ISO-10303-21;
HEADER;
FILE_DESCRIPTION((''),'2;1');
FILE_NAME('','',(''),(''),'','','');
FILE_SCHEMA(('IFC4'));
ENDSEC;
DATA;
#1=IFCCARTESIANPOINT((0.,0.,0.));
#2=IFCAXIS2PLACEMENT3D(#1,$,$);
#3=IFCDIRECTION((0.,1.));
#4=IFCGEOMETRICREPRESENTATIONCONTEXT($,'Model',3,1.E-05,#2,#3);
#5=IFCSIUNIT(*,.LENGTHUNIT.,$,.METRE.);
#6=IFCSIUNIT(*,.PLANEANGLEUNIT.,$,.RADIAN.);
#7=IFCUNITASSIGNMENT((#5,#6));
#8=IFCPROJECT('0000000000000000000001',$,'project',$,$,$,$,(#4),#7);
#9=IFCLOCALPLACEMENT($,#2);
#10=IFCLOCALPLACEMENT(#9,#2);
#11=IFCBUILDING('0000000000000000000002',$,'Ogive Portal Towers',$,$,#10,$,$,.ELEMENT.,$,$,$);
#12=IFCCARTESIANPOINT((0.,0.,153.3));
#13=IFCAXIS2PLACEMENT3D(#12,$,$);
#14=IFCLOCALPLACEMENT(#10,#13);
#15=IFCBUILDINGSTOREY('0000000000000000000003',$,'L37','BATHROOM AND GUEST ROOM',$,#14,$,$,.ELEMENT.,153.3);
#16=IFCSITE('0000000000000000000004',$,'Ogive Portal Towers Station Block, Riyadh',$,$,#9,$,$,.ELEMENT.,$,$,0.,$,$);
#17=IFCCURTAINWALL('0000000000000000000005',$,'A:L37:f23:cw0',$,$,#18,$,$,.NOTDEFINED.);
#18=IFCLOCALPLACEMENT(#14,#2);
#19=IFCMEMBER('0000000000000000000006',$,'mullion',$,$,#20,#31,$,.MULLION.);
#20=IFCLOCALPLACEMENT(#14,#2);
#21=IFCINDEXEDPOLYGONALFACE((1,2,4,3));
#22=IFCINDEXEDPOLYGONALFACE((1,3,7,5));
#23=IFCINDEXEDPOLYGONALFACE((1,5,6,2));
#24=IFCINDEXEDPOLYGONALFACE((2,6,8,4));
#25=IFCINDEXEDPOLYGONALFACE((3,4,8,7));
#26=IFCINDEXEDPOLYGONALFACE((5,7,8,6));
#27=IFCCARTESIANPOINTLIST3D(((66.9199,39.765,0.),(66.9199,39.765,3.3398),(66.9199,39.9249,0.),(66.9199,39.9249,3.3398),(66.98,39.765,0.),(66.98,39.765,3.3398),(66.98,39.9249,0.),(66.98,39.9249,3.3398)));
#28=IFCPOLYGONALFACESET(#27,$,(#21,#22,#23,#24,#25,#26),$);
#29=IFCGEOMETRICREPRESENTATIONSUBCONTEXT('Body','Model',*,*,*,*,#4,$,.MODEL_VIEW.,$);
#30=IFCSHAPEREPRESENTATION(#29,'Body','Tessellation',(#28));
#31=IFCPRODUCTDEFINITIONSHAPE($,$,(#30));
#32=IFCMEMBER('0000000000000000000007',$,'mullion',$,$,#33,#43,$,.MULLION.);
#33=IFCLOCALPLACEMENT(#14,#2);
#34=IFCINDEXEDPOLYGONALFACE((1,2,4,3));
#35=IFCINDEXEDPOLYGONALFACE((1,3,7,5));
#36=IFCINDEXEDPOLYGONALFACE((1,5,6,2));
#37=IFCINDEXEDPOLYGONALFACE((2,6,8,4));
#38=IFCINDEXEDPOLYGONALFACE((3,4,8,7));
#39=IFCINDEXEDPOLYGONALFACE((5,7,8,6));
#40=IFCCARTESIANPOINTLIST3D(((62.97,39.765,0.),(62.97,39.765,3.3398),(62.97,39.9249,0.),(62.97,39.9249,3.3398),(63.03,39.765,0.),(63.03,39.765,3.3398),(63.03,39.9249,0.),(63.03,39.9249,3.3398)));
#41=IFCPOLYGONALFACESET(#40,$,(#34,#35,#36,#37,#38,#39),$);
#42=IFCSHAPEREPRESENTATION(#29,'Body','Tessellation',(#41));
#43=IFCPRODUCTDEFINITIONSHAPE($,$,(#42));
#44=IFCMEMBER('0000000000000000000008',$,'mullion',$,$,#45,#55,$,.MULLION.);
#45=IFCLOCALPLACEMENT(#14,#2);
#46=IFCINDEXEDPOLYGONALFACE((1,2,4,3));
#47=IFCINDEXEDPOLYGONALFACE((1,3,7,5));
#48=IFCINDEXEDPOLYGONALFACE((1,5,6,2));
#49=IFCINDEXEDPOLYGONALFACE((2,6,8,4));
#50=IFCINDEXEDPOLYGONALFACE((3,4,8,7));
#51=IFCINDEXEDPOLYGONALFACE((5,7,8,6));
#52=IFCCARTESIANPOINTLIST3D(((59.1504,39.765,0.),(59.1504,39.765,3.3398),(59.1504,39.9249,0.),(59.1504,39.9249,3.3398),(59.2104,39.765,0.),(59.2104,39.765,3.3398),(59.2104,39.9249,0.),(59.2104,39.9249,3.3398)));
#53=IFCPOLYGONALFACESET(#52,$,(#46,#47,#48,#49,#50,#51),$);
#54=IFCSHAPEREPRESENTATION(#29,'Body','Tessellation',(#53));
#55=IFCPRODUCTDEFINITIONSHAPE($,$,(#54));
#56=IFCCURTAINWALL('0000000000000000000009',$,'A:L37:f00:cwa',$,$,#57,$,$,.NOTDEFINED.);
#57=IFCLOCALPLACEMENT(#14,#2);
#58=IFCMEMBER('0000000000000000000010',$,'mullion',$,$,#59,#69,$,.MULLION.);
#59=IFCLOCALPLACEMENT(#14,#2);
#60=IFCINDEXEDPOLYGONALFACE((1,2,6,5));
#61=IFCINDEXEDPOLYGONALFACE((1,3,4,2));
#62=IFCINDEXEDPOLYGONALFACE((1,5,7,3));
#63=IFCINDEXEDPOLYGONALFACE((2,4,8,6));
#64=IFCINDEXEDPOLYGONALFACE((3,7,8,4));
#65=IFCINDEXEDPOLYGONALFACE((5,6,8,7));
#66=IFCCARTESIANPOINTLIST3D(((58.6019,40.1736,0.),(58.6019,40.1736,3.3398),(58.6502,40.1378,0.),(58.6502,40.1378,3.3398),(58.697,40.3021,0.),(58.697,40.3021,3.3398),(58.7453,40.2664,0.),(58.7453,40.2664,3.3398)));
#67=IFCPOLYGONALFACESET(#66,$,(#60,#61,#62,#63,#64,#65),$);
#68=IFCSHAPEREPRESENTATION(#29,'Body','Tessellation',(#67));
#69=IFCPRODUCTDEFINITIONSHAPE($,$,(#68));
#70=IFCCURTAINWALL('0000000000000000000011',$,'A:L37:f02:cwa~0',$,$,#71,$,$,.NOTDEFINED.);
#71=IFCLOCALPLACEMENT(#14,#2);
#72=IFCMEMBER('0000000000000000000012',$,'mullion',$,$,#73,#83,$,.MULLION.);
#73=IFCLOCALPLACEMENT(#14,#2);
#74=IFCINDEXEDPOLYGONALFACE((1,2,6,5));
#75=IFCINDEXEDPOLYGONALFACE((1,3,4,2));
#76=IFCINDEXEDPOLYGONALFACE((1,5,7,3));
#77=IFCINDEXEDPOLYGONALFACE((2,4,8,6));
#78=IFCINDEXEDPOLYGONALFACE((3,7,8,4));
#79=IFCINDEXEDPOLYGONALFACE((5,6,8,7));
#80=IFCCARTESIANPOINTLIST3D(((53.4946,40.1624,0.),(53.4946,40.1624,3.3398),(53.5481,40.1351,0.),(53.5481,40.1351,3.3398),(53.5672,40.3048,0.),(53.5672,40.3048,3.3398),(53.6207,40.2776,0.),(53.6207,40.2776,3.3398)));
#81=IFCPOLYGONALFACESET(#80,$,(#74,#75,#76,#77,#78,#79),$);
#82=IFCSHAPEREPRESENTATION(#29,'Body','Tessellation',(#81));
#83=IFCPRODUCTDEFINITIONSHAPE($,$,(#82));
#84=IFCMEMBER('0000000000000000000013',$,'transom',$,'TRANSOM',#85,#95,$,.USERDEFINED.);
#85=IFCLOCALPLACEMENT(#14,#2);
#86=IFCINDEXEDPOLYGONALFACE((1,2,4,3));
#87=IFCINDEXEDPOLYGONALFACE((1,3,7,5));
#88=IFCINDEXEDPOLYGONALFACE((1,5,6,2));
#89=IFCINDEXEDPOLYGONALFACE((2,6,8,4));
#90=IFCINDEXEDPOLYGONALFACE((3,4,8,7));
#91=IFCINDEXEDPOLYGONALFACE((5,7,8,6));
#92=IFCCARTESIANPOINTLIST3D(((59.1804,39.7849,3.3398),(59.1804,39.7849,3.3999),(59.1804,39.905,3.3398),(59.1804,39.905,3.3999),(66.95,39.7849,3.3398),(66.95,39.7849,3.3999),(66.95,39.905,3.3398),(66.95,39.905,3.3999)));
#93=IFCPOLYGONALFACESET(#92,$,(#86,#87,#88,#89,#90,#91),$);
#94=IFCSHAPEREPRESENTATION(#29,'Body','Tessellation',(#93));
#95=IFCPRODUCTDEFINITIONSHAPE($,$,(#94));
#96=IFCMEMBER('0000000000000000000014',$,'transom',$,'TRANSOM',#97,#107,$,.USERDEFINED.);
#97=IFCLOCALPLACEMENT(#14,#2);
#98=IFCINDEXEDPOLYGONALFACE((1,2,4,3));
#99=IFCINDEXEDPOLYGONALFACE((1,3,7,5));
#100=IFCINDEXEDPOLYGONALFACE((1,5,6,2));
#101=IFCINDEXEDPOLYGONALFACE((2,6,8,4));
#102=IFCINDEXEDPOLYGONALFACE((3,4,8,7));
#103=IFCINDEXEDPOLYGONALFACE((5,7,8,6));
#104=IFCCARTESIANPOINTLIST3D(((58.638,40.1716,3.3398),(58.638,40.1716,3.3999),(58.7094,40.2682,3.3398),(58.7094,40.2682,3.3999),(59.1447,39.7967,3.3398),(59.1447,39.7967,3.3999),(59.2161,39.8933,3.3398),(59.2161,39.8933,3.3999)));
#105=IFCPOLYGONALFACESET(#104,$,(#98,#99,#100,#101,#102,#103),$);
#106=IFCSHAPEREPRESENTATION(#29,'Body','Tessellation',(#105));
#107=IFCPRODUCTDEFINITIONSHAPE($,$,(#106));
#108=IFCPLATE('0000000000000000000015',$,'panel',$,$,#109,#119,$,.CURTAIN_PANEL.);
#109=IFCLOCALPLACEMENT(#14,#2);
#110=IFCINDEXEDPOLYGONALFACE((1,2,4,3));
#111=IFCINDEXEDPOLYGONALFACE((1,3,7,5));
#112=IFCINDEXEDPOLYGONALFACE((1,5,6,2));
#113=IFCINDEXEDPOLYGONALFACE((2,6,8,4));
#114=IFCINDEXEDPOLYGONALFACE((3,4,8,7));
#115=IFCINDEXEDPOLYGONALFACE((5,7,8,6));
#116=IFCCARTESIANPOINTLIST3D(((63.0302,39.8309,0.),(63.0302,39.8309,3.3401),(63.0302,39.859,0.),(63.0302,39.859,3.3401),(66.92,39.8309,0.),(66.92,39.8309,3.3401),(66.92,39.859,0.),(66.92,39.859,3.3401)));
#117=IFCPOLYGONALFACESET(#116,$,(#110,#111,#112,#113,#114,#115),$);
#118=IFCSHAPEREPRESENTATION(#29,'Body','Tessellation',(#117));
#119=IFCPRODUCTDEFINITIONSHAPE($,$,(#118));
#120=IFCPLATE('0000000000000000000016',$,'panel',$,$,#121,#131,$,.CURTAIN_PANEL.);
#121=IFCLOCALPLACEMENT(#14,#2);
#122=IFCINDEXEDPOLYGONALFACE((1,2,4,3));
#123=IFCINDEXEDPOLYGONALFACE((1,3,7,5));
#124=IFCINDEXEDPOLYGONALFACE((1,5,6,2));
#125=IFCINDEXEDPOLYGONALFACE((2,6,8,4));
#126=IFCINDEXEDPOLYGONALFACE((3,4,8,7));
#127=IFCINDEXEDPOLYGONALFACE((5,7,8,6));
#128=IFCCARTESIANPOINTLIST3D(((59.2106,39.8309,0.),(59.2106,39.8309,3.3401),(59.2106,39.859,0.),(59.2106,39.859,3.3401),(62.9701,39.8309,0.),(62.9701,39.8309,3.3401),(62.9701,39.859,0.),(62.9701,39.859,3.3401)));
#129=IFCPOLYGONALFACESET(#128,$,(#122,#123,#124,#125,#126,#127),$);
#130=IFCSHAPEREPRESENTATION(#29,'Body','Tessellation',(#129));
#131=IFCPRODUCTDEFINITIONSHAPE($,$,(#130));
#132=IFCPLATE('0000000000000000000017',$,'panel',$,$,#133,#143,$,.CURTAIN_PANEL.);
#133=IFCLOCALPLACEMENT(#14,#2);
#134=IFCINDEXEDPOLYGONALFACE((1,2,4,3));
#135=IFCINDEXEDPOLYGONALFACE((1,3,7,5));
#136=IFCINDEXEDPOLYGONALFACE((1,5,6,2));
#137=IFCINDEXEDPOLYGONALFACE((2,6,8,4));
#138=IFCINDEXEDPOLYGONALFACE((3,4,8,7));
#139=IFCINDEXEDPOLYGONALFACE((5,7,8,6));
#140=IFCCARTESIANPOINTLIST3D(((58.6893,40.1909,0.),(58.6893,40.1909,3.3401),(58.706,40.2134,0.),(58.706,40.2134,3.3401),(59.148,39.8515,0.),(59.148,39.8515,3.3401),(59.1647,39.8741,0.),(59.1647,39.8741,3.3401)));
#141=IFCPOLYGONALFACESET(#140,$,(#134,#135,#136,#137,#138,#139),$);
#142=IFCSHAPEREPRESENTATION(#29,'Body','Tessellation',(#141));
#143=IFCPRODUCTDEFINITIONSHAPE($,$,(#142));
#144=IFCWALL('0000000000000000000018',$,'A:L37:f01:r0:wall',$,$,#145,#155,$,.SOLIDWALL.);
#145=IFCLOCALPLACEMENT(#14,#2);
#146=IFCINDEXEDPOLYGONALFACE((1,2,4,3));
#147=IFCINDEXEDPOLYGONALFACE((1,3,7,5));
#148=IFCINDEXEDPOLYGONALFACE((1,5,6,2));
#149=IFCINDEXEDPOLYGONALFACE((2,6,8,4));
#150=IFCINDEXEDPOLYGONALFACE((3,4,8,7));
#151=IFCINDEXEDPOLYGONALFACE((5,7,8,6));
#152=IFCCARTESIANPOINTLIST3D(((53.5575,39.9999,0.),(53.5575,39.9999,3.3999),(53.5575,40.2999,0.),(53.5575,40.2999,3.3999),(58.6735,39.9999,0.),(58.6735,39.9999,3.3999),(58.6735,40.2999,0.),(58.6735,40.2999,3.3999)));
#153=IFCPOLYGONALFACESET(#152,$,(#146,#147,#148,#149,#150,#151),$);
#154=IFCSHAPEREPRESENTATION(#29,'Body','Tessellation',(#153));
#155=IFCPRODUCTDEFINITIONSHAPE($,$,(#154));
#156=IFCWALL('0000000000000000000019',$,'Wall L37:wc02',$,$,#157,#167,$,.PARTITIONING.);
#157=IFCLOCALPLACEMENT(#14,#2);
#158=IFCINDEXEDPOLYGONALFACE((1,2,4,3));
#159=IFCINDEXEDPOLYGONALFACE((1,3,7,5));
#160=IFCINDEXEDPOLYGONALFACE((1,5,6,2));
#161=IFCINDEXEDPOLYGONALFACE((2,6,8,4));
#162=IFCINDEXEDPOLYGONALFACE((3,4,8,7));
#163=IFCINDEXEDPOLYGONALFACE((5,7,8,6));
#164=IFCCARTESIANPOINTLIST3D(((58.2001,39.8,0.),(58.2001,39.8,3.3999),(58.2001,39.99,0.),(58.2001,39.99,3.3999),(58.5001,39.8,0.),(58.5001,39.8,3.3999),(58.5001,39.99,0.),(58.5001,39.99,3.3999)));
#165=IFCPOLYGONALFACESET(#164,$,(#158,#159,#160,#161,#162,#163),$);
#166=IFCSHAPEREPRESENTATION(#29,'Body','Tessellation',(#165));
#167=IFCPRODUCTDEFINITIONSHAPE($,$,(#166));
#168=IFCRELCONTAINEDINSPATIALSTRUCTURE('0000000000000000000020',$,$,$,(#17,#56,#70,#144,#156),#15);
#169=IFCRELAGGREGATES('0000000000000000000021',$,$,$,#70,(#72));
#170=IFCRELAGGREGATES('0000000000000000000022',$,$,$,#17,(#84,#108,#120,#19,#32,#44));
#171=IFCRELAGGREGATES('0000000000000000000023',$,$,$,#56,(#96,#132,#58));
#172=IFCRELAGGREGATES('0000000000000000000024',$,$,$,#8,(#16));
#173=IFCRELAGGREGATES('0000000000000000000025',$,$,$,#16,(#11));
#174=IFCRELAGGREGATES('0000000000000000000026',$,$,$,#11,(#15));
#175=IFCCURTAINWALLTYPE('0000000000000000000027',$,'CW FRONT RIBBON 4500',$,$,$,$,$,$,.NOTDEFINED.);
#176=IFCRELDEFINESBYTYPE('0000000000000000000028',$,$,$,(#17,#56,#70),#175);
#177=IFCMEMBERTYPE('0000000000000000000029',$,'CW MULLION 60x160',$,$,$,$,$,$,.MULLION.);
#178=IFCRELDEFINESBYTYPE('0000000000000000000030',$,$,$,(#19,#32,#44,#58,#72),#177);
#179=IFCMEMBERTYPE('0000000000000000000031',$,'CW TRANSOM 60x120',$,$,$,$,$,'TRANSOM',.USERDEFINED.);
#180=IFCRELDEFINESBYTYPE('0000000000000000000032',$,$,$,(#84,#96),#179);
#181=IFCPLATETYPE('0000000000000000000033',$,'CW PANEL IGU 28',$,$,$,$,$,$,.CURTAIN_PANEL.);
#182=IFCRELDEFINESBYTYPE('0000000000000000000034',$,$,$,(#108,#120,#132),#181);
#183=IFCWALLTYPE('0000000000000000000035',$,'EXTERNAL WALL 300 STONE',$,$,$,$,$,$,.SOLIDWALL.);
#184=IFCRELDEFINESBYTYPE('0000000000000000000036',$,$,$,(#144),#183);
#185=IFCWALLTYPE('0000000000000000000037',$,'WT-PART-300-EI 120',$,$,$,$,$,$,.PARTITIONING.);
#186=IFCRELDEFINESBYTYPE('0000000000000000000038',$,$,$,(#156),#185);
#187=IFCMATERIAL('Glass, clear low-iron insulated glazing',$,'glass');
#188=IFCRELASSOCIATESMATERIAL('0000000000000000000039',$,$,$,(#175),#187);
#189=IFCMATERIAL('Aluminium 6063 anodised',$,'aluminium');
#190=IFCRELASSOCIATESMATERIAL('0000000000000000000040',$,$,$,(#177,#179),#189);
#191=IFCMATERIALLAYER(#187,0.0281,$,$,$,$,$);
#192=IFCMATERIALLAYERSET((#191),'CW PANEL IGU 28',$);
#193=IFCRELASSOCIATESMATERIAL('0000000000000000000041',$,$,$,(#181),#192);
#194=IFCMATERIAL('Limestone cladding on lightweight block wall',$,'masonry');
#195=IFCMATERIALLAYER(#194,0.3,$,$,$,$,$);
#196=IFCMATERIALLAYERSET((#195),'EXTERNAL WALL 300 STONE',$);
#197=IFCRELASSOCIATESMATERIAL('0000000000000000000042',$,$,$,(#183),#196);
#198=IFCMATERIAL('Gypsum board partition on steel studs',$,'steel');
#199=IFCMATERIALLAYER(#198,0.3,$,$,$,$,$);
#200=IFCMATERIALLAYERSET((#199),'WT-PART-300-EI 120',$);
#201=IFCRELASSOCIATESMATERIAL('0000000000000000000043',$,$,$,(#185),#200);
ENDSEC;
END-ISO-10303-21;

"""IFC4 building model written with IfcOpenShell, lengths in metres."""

from ifc_helpers import new_model, si_unit, direction, frame, frame_2d, origin, origin_2d, place, context, subcontext, project, spatial, rectangle, extrude, material, layer, layer_set, material_profile, profile_set, type_object, element, aggregate, save


model = new_model("IFC4")

# Units and contexts
model_context = context("Model", 3, precision=1e-05, world=origin(), true_north=direction((0.0, 1.0)))
body_context = subcontext(model_context, "Body", "Model", "MODEL_VIEW")
ifc_project = project(units=[si_unit("LENGTHUNIT", "METRE"), si_unit("PLANEANGLEUNIT", "RADIAN")], contexts=[model_context])

# Site, building, storey
site_placement = place(None, origin())
site = spatial("IfcSite", under=ifc_project, at=site_placement, Name="Ogive Portal Towers Station Block, Riyadh", CompositionType="ELEMENT", RefElevation=0.0)
building_placement = place(site_placement, origin())
building = spatial("IfcBuilding", under=site, at=building_placement, Name="Ogive Portal Towers", CompositionType="ELEMENT")
storey_placement = place(building_placement, frame((0.0, 0.0, 153.3)))
storey = spatial("IfcBuildingStorey", under=building, at=storey_placement, Name="L37", Description="BATHROOM AND GUEST ROOM", CompositionType="ELEMENT", Elevation=153.3)

# Curtain wall, members
ifc_material_1 = material(Name="Glass, clear low-iron insulated glazing", Category="glass")
curtain_wall_type = type_object("IfcCurtainWallType", Name="CW FRONT RIBBON 4500", PredefinedType="NOTDEFINED", material=ifc_material_1)
curtain_wall_1_placement = place(storey_placement, origin())
curtain_wall_1 = element("IfcCurtainWall", 1, at=curtain_wall_1_placement, inside=storey, type_object=curtain_wall_type, Name="A:L37:f23:cw0", PredefinedType="NOTDEFINED")
ifc_material_2 = material(Name="Aluminium 6063 anodised", Category="aluminium")
ifc_material_profile_1 = material_profile(ifc_material_2, rectangle(XDim=0.1599, YDim=0.0601, at=origin_2d()), Name="AL 60x160")
ifc_profile_set_1 = profile_set([ifc_material_profile_1], Name="Aluminium 6063 anodised")
member_type_1 = type_object("IfcMemberType", Name="CW MULLION 60x160", PredefinedType="MULLION", material=ifc_profile_set_1)
member_1_placement = place(storey_placement, frame((66.95, 39.845, 0.0), z_axis=(0.0, 0.0, 1.0), x_axis=(0.0, -1.0, 0.0)))
member_1 = element("IfcMember", 2, at=member_1_placement, type_object=member_type_1, Name="mullion", PredefinedType="MULLION", context=body_context, shape_type="SweptSolid", body=[
    extrude(rectangle(XDim=0.1599, YDim=0.0601, at=origin_2d()), origin(), (0.0, 0.0, 1.0), 3.3398),
])
member_2_placement = place(storey_placement, frame((63.0, 39.845, 0.0), z_axis=(0.0, 0.0, 1.0), x_axis=(0.0, -1.0, 0.0)))
member_2 = element("IfcMember", 3, at=member_2_placement, type_object=member_type_1, Name="mullion", PredefinedType="MULLION", context=body_context, shape_type="SweptSolid", body=[
    extrude(rectangle(XDim=0.1599, YDim=0.0601, at=origin_2d()), origin(), (0.0, 0.0, 1.0), 3.3398),
])
member_3_placement = place(storey_placement, frame((59.1804, 39.845, 0.0), z_axis=(0.0, 0.0, 1.0), x_axis=(0.0, -1.0, 0.0)))
member_3 = element("IfcMember", 4, at=member_3_placement, type_object=member_type_1, Name="mullion", PredefinedType="MULLION", context=body_context, shape_type="SweptSolid", body=[
    extrude(rectangle(XDim=0.1599, YDim=0.0601, at=origin_2d()), origin(), (0.0, 0.0, 1.0), 3.3398),
])

# Curtain walls, members
curtain_wall_2_placement = place(storey_placement, origin())
curtain_wall_2 = element("IfcCurtainWall", 5, at=curtain_wall_2_placement, inside=storey, type_object=curtain_wall_type, Name="A:L37:f00:cwa", PredefinedType="NOTDEFINED")
member_4_placement = place(storey_placement, frame((58.6736, 40.22, 0.0), z_axis=(0.0, 0.0, 1.0), x_axis=(-0.594809, -0.803867, 0.0)))
member_4 = element("IfcMember", 6, at=member_4_placement, type_object=member_type_1, Name="mullion", PredefinedType="MULLION", context=body_context, shape_type="SweptSolid", body=[
    extrude(rectangle(XDim=0.1599, YDim=0.0601, at=origin_2d()), origin(), (0.0, 0.0, 1.0), 3.3398),
])
curtain_wall_3_placement = place(storey_placement, origin())
curtain_wall_3 = element("IfcCurtainWall", 7, at=curtain_wall_3_placement, inside=storey, type_object=curtain_wall_type, Name="A:L37:f02:cwa~0", PredefinedType="NOTDEFINED")
member_5_placement = place(storey_placement, frame((53.5576, 40.22, 0.0), z_axis=(0.0, 0.0, 1.0), x_axis=(-0.45399, -0.891007, 0.0)))
member_5 = element("IfcMember", 8, at=member_5_placement, type_object=member_type_1, Name="mullion", PredefinedType="MULLION", context=body_context, shape_type="SweptSolid", body=[
    extrude(rectangle(XDim=0.1599, YDim=0.0601, at=origin_2d()), origin(), (0.0, 0.0, 1.0), 3.3398),
])
aggregate(curtain_wall_3, [member_5])

# Members
ifc_material_profile_2 = material_profile(ifc_material_2, rectangle(XDim=0.1201, YDim=0.0601, at=origin_2d()), Name="AL 120x60")
ifc_profile_set_2 = profile_set([ifc_material_profile_2], Name="Aluminium 6063 anodised")
member_type_2 = type_object("IfcMemberType", Name="CW TRANSOM 60x120", ElementType="TRANSOM", PredefinedType="USERDEFINED", material=ifc_profile_set_2)
member_6_placement = place(storey_placement, frame((66.95, 39.845, 3.3699), z_axis=(-1.0, 0.0, 0.0), x_axis=(0.0, -1.0, 0.0)))
member_6 = element("IfcMember", 9, at=member_6_placement, type_object=member_type_2, Name="transom", ObjectType="TRANSOM", PredefinedType="USERDEFINED", context=body_context, shape_type="SweptSolid", body=[
    extrude(rectangle(XDim=0.1201, YDim=0.0601, at=origin_2d()), origin(), (0.0, 0.0, 1.0), 7.7695),
])
member_7_placement = place(storey_placement, frame((59.1804, 39.845, 3.3699), z_axis=(-0.803886, 0.594783, 0.0), x_axis=(-0.594783, -0.803886, 0.0)))
member_7 = element("IfcMember", 10, at=member_7_placement, type_object=member_type_2, Name="transom", ObjectType="TRANSOM", PredefinedType="USERDEFINED", context=body_context, shape_type="SweptSolid", body=[
    extrude(rectangle(XDim=0.1201, YDim=0.0601, at=origin_2d()), origin(), (0.0, 0.0, 1.0), 0.6304),
])

# Plates
ifc_layer_1 = layer(ifc_material_1, 0.0281)
ifc_layer_set_1 = layer_set([ifc_layer_1], Name="CW PANEL IGU 28")
plate_type = type_object("IfcPlateType", Name="CW PANEL IGU 28", PredefinedType="CURTAIN_PANEL", material=ifc_layer_set_1)
plate_1_placement = place(storey_placement, frame((64.9751, 39.845, 0.0), z_axis=(0.0, 0.0, 1.0), x_axis=(-1.0, 0.0, 0.0)))
plate_1 = element("IfcPlate", 11, at=plate_1_placement, type_object=plate_type, Name="panel", PredefinedType="CURTAIN_PANEL", context=body_context, shape_type="SweptSolid", body=[
    extrude(rectangle(XDim=3.8899, YDim=0.0281, at=origin_2d()), origin(), (0.0, 0.0, 1.0), 3.3401),
])
plate_2_placement = place(storey_placement, frame((61.0903, 39.845, 0.0), z_axis=(0.0, 0.0, 1.0), x_axis=(-1.0, 0.0, 0.0)))
plate_2 = element("IfcPlate", 12, at=plate_2_placement, type_object=plate_type, Name="panel", PredefinedType="CURTAIN_PANEL", context=body_context, shape_type="SweptSolid", body=[
    extrude(rectangle(XDim=3.7595, YDim=0.0281, at=origin_2d()), origin(), (0.0, 0.0, 1.0), 3.3401),
])
aggregate(curtain_wall_1, [member_6, plate_1, plate_2, member_1, member_2, member_3])
plate_3_placement = place(storey_placement, frame((58.927, 40.0325, 0.0), z_axis=(0.0, 0.0, 1.0), x_axis=(-0.803867, 0.594809, 0.0)))
plate_3 = element("IfcPlate", 13, at=plate_3_placement, type_object=plate_type, Name="panel", PredefinedType="CURTAIN_PANEL", context=body_context, shape_type="SweptSolid", body=[
    extrude(rectangle(XDim=0.5706, YDim=0.0281, at=origin_2d()), origin(), (0.0, 0.0, 1.0), 3.3401),
])
aggregate(curtain_wall_2, [member_7, plate_3, member_4])

# Walls
ifc_material_3 = material(Name="Limestone cladding on lightweight block wall", Category="masonry")
ifc_layer_2 = layer(ifc_material_3, 0.3)
ifc_layer_set_2 = layer_set([ifc_layer_2], Name="EXTERNAL WALL 300 STONE")
wall_type_1 = type_object("IfcWallType", Name="EXTERNAL WALL 300 STONE", PredefinedType="SOLIDWALL", material=ifc_layer_set_2)
wall_1_placement = place(storey_placement, frame((58.6736, 40.1499, 0.0), z_axis=(0.0, 0.0, 1.0), x_axis=(-1.0, 0.0, 0.0)))
element("IfcWall", 14, at=wall_1_placement, inside=storey, type_object=wall_type_1, Name="A:L37:f01:r0:wall", PredefinedType="SOLIDWALL", context=body_context, shape_type="SweptSolid", body=[
    extrude(rectangle(XDim=5.116, YDim=0.3, at=frame_2d((2.5581, 0.0))), origin(), (0.0, 0.0, 1.0), 3.3999),
])
ifc_material_4 = material(Name="Gypsum board partition on steel studs", Category="steel")
ifc_layer_3 = layer(ifc_material_4, 0.3)
ifc_layer_set_3 = layer_set([ifc_layer_3], Name="WT-PART-300-EI 120")
wall_type_2 = type_object("IfcWallType", Name="WT-PART-300-EI 120", PredefinedType="PARTITIONING", material=ifc_layer_set_3)
wall_2_placement = place(storey_placement, frame((58.3501, 39.8, 0.0), z_axis=(0.0, 0.0, 1.0), x_axis=(0.0, 1.0, 0.0)))
element("IfcWall", 15, at=wall_2_placement, inside=storey, type_object=wall_type_2, Name="Wall L37:wc02", PredefinedType="PARTITIONING", context=body_context, shape_type="SweptSolid", body=[
    extrude(rectangle(XDim=0.1899, YDim=0.3, at=frame_2d((0.095, 0.0))), origin(), (0.0, 0.0, 1.0), 3.3999),
])

save(model, "model.ifc")
